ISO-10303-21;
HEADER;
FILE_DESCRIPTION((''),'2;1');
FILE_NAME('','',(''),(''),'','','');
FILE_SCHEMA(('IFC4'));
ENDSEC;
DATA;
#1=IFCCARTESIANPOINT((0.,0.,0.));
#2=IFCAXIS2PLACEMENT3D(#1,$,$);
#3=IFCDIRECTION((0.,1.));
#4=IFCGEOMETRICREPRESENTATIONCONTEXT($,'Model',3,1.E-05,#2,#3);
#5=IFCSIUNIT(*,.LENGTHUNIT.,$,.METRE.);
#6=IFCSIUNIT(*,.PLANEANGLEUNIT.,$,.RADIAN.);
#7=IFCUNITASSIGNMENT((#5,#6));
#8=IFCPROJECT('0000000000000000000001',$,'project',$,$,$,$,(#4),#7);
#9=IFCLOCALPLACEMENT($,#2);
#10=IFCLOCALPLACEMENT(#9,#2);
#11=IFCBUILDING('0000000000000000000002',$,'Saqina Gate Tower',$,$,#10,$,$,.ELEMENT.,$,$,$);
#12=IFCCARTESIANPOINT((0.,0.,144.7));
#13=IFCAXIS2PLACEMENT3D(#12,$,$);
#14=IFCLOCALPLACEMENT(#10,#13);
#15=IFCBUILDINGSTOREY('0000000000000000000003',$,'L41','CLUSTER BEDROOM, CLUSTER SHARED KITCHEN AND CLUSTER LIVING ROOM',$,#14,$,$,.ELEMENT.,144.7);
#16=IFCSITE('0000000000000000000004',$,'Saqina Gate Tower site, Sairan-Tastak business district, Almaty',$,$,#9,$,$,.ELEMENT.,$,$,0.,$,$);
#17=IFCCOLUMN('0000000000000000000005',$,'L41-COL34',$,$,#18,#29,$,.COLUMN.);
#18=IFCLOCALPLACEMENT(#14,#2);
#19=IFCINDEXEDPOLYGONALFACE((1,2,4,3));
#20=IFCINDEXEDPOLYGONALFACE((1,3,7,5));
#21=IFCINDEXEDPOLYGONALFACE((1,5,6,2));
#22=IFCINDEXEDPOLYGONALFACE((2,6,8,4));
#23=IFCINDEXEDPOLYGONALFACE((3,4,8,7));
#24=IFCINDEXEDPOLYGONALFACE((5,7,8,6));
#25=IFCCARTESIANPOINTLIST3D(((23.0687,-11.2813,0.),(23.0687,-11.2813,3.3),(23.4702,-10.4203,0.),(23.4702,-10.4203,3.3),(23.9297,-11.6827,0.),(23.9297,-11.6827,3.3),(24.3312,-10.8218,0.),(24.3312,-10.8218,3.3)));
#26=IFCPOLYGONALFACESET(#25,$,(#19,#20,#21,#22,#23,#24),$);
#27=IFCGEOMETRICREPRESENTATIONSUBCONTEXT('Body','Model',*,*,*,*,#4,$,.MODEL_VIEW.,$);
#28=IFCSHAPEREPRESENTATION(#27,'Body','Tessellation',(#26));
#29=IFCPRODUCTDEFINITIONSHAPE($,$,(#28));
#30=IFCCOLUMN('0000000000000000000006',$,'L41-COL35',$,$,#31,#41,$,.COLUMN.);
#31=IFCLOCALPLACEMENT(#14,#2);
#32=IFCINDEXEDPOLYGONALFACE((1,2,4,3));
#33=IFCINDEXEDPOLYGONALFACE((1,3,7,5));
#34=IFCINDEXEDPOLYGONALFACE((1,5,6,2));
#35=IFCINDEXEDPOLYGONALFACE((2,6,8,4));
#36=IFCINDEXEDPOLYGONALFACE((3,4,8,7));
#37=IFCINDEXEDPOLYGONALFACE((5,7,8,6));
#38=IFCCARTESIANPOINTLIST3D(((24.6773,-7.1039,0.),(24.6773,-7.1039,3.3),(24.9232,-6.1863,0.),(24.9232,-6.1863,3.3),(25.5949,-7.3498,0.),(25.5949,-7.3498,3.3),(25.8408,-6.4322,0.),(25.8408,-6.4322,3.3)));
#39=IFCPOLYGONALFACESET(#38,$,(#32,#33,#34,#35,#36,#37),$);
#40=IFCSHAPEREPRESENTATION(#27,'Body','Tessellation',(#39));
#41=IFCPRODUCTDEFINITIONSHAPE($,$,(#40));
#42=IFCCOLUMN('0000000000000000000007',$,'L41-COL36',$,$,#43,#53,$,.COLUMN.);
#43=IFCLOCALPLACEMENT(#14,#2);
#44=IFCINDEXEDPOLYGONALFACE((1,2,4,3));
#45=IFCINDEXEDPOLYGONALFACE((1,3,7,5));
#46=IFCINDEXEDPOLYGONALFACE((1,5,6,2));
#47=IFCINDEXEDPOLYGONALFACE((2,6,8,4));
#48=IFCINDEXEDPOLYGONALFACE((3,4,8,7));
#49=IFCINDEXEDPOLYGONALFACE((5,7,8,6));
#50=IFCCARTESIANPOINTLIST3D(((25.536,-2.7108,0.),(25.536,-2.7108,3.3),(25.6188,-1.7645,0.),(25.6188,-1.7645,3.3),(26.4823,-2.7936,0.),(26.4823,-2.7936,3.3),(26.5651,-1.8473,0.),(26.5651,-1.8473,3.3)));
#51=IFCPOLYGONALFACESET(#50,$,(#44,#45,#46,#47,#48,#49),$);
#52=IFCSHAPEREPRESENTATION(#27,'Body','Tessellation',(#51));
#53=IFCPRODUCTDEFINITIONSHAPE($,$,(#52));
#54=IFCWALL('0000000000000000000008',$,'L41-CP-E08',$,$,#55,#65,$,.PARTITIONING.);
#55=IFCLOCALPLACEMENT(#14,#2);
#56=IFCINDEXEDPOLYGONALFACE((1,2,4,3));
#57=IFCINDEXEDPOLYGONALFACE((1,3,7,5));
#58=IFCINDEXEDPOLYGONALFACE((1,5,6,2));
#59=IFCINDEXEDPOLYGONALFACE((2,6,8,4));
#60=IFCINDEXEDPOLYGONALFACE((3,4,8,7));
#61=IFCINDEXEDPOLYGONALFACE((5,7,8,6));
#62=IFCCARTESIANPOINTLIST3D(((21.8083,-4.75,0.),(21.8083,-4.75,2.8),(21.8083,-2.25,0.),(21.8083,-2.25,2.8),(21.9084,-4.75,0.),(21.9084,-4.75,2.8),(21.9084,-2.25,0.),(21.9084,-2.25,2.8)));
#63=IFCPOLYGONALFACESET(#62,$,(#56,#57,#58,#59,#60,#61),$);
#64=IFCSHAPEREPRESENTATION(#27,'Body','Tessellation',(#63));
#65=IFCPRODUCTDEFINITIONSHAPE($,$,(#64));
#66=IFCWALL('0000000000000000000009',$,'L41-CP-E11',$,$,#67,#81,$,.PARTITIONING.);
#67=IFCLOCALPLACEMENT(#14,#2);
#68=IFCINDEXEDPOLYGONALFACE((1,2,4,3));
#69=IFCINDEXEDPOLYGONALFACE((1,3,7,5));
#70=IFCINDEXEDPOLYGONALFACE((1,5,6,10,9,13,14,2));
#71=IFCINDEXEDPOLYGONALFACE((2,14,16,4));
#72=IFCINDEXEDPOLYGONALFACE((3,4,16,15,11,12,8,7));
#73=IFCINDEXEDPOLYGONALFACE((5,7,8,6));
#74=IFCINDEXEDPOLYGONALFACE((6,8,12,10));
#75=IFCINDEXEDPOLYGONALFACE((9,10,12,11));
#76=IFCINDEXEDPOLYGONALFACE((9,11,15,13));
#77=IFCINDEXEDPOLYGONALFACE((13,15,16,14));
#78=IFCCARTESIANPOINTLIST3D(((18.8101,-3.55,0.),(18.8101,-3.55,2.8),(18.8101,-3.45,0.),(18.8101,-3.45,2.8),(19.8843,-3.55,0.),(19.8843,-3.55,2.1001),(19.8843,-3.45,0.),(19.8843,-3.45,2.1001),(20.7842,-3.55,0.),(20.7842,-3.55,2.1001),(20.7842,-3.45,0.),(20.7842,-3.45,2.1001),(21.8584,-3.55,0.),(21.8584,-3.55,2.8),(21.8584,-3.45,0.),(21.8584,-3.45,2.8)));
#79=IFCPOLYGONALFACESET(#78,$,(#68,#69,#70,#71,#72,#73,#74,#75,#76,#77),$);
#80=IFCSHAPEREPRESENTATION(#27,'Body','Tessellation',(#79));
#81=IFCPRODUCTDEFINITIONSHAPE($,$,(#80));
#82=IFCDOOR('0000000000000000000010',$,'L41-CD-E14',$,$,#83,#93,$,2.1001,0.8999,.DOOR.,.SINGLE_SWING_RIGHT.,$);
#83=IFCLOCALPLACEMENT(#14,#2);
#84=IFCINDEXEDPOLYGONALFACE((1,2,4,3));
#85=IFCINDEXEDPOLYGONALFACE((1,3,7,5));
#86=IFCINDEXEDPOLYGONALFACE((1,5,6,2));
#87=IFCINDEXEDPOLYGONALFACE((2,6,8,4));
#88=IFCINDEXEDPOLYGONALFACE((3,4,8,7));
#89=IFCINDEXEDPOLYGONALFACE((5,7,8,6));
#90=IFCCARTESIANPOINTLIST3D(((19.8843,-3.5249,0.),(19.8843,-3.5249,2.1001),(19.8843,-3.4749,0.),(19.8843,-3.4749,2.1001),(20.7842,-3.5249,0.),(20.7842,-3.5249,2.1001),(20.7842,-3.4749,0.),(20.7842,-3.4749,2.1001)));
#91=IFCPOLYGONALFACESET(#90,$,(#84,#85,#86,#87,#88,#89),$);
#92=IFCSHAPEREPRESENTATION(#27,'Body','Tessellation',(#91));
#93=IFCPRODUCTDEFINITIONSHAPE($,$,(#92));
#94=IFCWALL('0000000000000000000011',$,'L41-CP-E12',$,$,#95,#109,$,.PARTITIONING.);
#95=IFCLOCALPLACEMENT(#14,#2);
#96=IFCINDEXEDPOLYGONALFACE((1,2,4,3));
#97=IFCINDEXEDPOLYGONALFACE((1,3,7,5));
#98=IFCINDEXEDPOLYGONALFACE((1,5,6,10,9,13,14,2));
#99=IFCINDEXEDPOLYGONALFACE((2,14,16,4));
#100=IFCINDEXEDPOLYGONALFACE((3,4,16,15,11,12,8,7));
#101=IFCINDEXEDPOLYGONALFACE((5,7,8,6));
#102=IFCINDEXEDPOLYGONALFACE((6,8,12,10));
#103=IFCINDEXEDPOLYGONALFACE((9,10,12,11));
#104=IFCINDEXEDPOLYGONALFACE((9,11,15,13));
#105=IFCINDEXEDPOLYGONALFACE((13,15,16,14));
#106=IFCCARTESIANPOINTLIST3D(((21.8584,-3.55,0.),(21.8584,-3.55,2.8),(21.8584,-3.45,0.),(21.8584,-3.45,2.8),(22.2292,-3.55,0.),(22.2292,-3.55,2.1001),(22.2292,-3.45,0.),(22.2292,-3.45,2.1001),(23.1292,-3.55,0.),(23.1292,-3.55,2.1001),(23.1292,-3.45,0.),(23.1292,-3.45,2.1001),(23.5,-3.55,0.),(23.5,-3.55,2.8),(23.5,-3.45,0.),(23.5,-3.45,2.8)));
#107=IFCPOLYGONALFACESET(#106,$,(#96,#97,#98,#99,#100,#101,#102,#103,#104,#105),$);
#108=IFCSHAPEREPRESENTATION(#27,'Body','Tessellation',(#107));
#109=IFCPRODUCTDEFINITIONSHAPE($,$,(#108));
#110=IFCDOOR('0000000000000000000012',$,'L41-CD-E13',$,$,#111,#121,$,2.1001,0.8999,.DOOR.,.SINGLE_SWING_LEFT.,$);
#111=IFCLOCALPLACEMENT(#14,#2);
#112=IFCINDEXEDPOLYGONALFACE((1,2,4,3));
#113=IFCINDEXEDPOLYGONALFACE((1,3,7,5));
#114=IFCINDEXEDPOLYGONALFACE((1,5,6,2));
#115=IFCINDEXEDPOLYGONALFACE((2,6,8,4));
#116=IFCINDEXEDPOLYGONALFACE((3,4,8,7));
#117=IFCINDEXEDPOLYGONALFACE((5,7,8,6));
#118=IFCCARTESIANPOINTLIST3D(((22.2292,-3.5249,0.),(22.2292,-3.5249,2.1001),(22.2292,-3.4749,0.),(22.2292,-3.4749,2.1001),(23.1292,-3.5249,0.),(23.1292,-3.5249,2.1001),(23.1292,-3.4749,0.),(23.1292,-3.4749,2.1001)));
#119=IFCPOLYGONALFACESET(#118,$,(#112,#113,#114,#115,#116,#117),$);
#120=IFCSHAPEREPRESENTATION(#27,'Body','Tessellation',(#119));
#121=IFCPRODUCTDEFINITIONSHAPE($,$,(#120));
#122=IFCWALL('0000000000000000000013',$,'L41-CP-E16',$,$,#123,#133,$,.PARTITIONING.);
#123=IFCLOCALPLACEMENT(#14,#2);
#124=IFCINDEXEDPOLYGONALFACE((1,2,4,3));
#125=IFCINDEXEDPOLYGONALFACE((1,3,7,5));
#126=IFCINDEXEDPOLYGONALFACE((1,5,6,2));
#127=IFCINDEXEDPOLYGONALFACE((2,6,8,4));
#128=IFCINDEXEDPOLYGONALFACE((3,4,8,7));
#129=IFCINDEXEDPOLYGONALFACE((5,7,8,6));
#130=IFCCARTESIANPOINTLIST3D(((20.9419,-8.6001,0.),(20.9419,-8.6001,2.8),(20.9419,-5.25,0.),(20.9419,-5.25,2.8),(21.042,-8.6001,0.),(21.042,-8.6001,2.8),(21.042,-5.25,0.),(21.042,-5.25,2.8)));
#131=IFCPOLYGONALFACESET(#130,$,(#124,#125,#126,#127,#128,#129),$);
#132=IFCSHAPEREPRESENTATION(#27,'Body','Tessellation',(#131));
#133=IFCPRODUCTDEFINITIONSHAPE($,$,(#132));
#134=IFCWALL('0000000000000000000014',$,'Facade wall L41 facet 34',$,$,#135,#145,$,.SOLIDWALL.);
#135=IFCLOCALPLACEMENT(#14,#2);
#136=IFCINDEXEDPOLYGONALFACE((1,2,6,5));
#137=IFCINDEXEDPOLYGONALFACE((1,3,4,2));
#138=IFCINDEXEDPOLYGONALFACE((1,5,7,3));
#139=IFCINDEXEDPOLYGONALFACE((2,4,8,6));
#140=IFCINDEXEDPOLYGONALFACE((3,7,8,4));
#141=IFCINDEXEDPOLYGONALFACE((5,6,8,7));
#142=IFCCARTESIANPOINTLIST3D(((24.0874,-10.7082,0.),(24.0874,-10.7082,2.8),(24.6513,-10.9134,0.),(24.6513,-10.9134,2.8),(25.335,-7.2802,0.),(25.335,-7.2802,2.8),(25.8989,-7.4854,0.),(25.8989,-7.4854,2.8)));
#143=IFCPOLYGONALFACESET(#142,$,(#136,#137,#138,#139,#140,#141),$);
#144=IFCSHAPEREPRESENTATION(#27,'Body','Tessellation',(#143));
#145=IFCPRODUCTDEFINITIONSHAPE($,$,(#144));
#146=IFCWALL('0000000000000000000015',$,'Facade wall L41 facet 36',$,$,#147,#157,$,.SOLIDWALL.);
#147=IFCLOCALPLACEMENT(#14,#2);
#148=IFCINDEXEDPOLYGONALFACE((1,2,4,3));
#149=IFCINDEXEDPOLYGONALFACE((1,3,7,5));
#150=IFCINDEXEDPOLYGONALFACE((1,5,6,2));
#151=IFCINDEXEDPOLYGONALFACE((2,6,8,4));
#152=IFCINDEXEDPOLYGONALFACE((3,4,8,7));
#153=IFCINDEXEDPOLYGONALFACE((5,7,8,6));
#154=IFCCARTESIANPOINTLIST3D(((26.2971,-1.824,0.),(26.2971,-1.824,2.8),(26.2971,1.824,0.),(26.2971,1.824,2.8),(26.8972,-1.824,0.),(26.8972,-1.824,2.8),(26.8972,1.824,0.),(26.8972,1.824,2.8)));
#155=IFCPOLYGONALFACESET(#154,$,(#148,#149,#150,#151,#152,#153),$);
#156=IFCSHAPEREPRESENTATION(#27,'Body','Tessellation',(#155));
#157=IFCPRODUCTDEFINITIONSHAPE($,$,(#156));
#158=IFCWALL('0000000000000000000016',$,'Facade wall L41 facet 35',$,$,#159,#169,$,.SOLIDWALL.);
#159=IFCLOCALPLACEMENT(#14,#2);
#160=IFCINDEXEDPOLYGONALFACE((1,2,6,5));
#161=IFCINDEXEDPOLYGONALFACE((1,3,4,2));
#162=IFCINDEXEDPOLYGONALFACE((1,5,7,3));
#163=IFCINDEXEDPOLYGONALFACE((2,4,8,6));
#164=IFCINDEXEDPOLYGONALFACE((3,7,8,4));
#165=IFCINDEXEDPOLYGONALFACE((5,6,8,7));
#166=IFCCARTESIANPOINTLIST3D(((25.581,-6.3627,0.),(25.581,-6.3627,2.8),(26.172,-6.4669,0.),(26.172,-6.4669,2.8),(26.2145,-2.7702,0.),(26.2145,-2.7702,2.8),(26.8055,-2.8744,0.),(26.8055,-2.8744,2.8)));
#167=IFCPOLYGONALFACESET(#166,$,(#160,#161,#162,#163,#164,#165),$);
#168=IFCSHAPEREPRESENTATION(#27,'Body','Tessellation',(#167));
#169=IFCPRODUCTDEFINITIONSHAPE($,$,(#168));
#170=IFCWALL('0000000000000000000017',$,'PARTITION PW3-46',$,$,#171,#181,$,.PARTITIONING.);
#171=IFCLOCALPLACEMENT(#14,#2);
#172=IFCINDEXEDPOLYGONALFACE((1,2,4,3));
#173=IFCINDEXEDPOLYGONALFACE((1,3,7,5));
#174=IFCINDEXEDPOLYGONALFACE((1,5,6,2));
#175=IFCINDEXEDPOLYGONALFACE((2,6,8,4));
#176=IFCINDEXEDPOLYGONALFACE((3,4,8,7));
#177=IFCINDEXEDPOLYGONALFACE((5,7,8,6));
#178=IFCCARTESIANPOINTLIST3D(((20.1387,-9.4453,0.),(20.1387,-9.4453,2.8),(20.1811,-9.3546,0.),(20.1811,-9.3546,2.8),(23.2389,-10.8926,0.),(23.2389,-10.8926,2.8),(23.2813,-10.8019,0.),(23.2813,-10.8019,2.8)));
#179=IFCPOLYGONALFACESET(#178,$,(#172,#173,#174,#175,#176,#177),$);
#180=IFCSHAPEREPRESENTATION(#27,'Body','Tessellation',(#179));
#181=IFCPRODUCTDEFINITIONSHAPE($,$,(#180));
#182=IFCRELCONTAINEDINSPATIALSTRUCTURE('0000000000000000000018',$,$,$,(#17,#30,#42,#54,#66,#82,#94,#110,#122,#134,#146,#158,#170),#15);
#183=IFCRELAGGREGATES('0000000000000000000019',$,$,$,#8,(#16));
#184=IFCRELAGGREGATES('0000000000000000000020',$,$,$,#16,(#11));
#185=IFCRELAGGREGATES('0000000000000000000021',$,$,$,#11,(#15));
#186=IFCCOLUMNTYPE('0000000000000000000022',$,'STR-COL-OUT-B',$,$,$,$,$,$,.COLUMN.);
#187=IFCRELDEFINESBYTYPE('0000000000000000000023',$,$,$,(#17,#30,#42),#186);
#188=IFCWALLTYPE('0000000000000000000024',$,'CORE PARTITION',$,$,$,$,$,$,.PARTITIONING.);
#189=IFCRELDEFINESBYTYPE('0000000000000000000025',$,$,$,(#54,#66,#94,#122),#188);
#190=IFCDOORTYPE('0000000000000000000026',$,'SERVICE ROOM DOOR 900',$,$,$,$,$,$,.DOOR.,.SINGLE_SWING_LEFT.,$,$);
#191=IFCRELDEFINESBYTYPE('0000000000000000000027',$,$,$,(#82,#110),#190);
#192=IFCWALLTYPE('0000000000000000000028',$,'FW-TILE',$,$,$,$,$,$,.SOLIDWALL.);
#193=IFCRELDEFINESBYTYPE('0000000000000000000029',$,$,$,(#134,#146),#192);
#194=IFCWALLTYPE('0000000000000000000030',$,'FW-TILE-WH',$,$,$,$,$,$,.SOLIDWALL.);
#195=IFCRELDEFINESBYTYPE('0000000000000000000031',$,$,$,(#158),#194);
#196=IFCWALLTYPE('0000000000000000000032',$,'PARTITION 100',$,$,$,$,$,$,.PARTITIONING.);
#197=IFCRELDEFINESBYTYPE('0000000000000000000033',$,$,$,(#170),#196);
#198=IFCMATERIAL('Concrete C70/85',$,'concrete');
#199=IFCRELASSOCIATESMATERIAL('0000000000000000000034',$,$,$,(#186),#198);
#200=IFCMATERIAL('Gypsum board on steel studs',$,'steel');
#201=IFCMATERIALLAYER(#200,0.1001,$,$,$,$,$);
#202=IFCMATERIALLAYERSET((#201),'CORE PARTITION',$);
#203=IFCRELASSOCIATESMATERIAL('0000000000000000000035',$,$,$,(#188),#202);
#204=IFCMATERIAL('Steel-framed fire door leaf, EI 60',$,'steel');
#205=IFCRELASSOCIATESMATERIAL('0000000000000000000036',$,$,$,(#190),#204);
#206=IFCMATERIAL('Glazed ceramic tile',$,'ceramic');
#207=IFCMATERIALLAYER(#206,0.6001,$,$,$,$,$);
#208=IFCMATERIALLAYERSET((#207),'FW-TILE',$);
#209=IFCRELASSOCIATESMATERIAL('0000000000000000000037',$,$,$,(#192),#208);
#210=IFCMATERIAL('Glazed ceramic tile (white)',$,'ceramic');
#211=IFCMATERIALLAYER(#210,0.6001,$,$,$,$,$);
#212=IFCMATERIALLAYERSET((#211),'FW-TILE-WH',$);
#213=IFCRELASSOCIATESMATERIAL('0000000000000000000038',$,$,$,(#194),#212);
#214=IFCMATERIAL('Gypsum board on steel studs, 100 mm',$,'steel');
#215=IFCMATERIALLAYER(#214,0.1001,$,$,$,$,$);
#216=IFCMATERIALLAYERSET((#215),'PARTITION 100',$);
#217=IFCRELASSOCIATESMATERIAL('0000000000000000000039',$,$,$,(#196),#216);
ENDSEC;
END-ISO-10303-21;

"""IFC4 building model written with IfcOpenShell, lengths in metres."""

from ifc_helpers import new_model, si_unit, direction, frame, frame_2d, origin, origin_2d, place, context, subcontext, project, spatial, rectangle, extrude, material, layer, layer_set, material_profile, profile_set, type_object, element, fill, save


model = new_model("IFC4")

# Units and contexts
model_context = context("Model", 3, precision=1e-05, world=origin(), true_north=direction((0.0, 1.0)))
body_context = subcontext(model_context, "Body", "Model", "MODEL_VIEW")
ifc_project = project(units=[si_unit("LENGTHUNIT", "METRE"), si_unit("PLANEANGLEUNIT", "RADIAN")], contexts=[model_context])

# Site, building, storey
site_placement = place(None, origin())
site = spatial("IfcSite", under=ifc_project, at=site_placement, Name="Saqina Gate Tower site, Sairan-Tastak business district, Almaty", CompositionType="ELEMENT", RefElevation=0.0)
building_placement = place(site_placement, origin())
building = spatial("IfcBuilding", under=site, at=building_placement, Name="Saqina Gate Tower", CompositionType="ELEMENT")
storey_placement = place(building_placement, frame((0.0, 0.0, 144.7)))
storey = spatial("IfcBuildingStorey", under=building, at=storey_placement, Name="L41", Description="CLUSTER BEDROOM, CLUSTER SHARED KITCHEN AND CLUSTER LIVING ROOM", CompositionType="ELEMENT", Elevation=144.7)

# Columns
ifc_material_1 = material(Name="Concrete C70/85", Category="concrete")
ifc_material_profile = material_profile(ifc_material_1, rectangle(XDim=0.95, YDim=0.95, at=origin_2d()), Name="RC 950x950")
ifc_profile_set = profile_set([ifc_material_profile], Name="Concrete C70/85")
column_type = type_object("IfcColumnType", Name="STR-COL-OUT-B", PredefinedType="COLUMN", material=ifc_profile_set)
for number, where, z_axis, x_axis, name in (
    (1, (23.7, -11.0515, 0.0), (0.0, 0.0, 1.0), (0.906308, -0.422618, 0.0), "L41-COL34"),
    (2, (25.259, -6.7681, 0.0), (0.0, 0.0, 1.0), (0.965926, -0.258819, 0.0), "L41-COL35"),
    (3, (26.0505, -2.2791, 0.0), (0.0, 0.0, 1.0), (0.996195, -0.087156, 0.0), "L41-COL36"),
):
    element("IfcColumn", number, at=place(storey_placement, frame(where, z_axis=z_axis, x_axis=x_axis)), inside=storey, type_object=column_type, Name=name, PredefinedType="COLUMN", context=body_context, shape_type="SweptSolid", body=[
        extrude(rectangle(XDim=0.95, YDim=0.95, at=origin_2d()), origin(), (0.0, 0.0, 1.0), 3.3),
    ])

# Wall
ifc_material_2 = material(Name="Gypsum board on steel studs", Category="steel")
ifc_layer_1 = layer(ifc_material_2, 0.1001)
ifc_layer_set_1 = layer_set([ifc_layer_1], Name="CORE PARTITION")
wall_type_1 = type_object("IfcWallType", Name="CORE PARTITION", PredefinedType="PARTITIONING", material=ifc_layer_set_1)
wall_1_placement = place(storey_placement, frame((21.8584, -4.75, 0.0), z_axis=(0.0, 0.0, 1.0), x_axis=(0.0, 1.0, 0.0)))
element("IfcWall", 4, at=wall_1_placement, inside=storey, type_object=wall_type_1, Name="L41-CP-E08", PredefinedType="PARTITIONING", context=body_context, shape_type="SweptSolid", body=[
    extrude(rectangle(XDim=2.5, YDim=0.1001, at=frame_2d((1.25, 0.0))), origin(), (0.0, 0.0, 1.0), 2.8),
])

# Walls, openings, doors
wall_2_placement = place(storey_placement, frame((18.8101, -3.5, 0.0), z_axis=(0.0, 0.0, 1.0), x_axis=(1.0, 0.0, 0.0)))
wall_2 = element("IfcWall", 5, at=wall_2_placement, inside=storey, type_object=wall_type_1, Name="L41-CP-E11", PredefinedType="PARTITIONING", context=body_context, shape_type="SweptSolid", body=[
    extrude(rectangle(XDim=3.0483, YDim=0.1001, at=frame_2d((1.5242, 0.0))), origin(), (0.0, 0.0, 1.0), 2.8),
])
opening_1_placement = place(wall_2_placement, frame((1.0742, 0.0, 0.0)))
opening_1 = element("IfcOpeningElement", 6, at=opening_1_placement, cuts=wall_2, PredefinedType="OPENING", context=body_context, shape_type="SweptSolid", body=[
    extrude(rectangle(XDim=0.8999, YDim=2.1001, at=frame_2d((0.45, 1.05))), frame((0.0, 0.062, 0.0), z_axis=(0.0, -1.0, 0.0), x_axis=(1.0, 0.0, 0.0)), (0.0, 0.0, 1.0), 0.124),
])
ifc_material_3 = material(Name="Steel-framed fire door leaf, EI 60", Category="steel")
door_type_1 = type_object("IfcDoorType", Name="SERVICE ROOM DOOR 900", OperationType="SINGLE_SWING_LEFT", PredefinedType="DOOR", material=ifc_material_3)
door_1_placement = place(opening_1_placement, frame((0.8999, 0.0, 0.0), z_axis=(0.0, 0.0, 1.0), x_axis=(-1.0, 0.0, 0.0)))
door_1 = element("IfcDoor", 7, at=door_1_placement, inside=storey, type_object=door_type_1, Name="L41-CD-E14", OperationType="SINGLE_SWING_RIGHT", OverallHeight=2.1001, OverallWidth=0.8999, PredefinedType="DOOR", context=body_context, shape_type="SweptSolid", body=[
    extrude(rectangle(XDim=0.8999, YDim=2.1001, at=frame_2d((0.45, 1.05))), frame((0.0, 0.0249, 0.0), z_axis=(0.0, -1.0, 0.0), x_axis=(1.0, 0.0, 0.0)), (0.0, 0.0, 1.0), 0.05),
])
fill(opening_1, door_1)
wall_3_placement = place(storey_placement, frame((21.8584, -3.5, 0.0), z_axis=(0.0, 0.0, 1.0), x_axis=(1.0, 0.0, 0.0)))
wall_3 = element("IfcWall", 8, at=wall_3_placement, inside=storey, type_object=wall_type_1, Name="L41-CP-E12", PredefinedType="PARTITIONING", context=body_context, shape_type="SweptSolid", body=[
    extrude(rectangle(XDim=1.6416, YDim=0.1001, at=frame_2d((0.8208, 0.0))), origin(), (0.0, 0.0, 1.0), 2.8),
])
opening_2_placement = place(wall_3_placement, frame((0.3708, 0.0, 0.0)))
opening_2 = element("IfcOpeningElement", 9, at=opening_2_placement, cuts=wall_3, PredefinedType="OPENING", context=body_context, shape_type="SweptSolid", body=[
    extrude(rectangle(XDim=0.8999, YDim=2.1001, at=frame_2d((0.45, 1.05))), frame((0.0, 0.062, 0.0), z_axis=(0.0, -1.0, 0.0), x_axis=(1.0, 0.0, 0.0)), (0.0, 0.0, 1.0), 0.124),
])
door_2_placement = place(opening_2_placement, frame((0.8999, 0.0, 0.0), z_axis=(0.0, 0.0, 1.0), x_axis=(-1.0, 0.0, 0.0)))
door_2 = element("IfcDoor", 10, at=door_2_placement, inside=storey, type_object=door_type_1, Name="L41-CD-E13", OperationType="SINGLE_SWING_LEFT", OverallHeight=2.1001, OverallWidth=0.8999, PredefinedType="DOOR", context=body_context, shape_type="SweptSolid", body=[
    extrude(rectangle(XDim=0.8999, YDim=2.1001, at=frame_2d((0.45, 1.05))), frame((0.0, 0.0249, 0.0), z_axis=(0.0, -1.0, 0.0), x_axis=(1.0, 0.0, 0.0)), (0.0, 0.0, 1.0), 0.05),
])
fill(opening_2, door_2)

# Walls
wall_4_placement = place(storey_placement, frame((20.9919, -8.6001, 0.0), z_axis=(0.0, 0.0, 1.0), x_axis=(0.0, 1.0, 0.0)))
element("IfcWall", 11, at=wall_4_placement, inside=storey, type_object=wall_type_1, Name="L41-CP-E16", PredefinedType="PARTITIONING", context=body_context, shape_type="SweptSolid", body=[
    extrude(rectangle(XDim=3.3501, YDim=0.1001, at=frame_2d((1.675, 0.0))), origin(), (0.0, 0.0, 1.0), 2.8),
])
ifc_material_4 = material(Name="Glazed ceramic tile", Category="ceramic")
ifc_layer_2 = layer(ifc_material_4, 0.6001)
ifc_layer_set_2 = layer_set([ifc_layer_2], Name="FW-TILE")
wall_type_2 = type_object("IfcWallType", Name="FW-TILE", PredefinedType="SOLIDWALL", material=ifc_layer_set_2)
for number, where, z_axis, x_axis, name in (
    (12, (24.3694, -10.8108, 0.0), (0.0, 0.0, 1.0), (0.34199, 0.939704, 0.0), "Facade wall L41 facet 34"),
    (13, (26.5972, -1.824, 0.0), (0.0, 0.0, 1.0), (0.0, 1.0, 0.0), "Facade wall L41 facet 36"),
):
    element("IfcWall", number, at=place(storey_placement, frame(where, z_axis=z_axis, x_axis=x_axis)), inside=storey, type_object=wall_type_2, Name=name, PredefinedType="SOLIDWALL", context=body_context, shape_type="SweptSolid", body=[
        extrude(rectangle(XDim=3.6479, YDim=0.6001, at=frame_2d((1.824, 0.0))), origin(), (0.0, 0.0, 1.0), 2.8),
    ])
ifc_material_5 = material(Name="Glazed ceramic tile (white)", Category="ceramic")
ifc_layer_3 = layer(ifc_material_5, 0.6001)
ifc_layer_set_3 = layer_set([ifc_layer_3], Name="FW-TILE-WH")
wall_type_3 = type_object("IfcWallType", Name="FW-TILE-WH", PredefinedType="SOLIDWALL", material=ifc_layer_set_3)
wall_5_placement = place(storey_placement, frame((25.8765, -6.4148, 0.0), z_axis=(0.0, 0.0, 1.0), x_axis=(0.173671, 0.984804, 0.0)))
element("IfcWall", 14, at=wall_5_placement, inside=storey, type_object=wall_type_3, Name="Facade wall L41 facet 35", PredefinedType="SOLIDWALL", context=body_context, shape_type="SweptSolid", body=[
    extrude(rectangle(XDim=3.6479, YDim=0.6001, at=frame_2d((1.824, 0.0))), origin(), (0.0, 0.0, 1.0), 2.8),
])
ifc_material_6 = material(Name="Gypsum board on steel studs, 100 mm", Category="steel")
ifc_layer_4 = layer(ifc_material_6, 0.1001)
ifc_layer_set_4 = layer_set([ifc_layer_4], Name="PARTITION 100")
wall_type_4 = type_object("IfcWallType", Name="PARTITION 100", PredefinedType="PARTITIONING", material=ifc_layer_set_4)
wall_6_placement = place(storey_placement, frame((20.1599, -9.3999, 0.0), z_axis=(0.0, 0.0, 1.0), x_axis=(0.906121, -0.423018, 0.0)))
element("IfcWall", 15, at=wall_6_placement, inside=storey, type_object=wall_type_4, Name="PARTITION PW3-46", PredefinedType="PARTITIONING", context=body_context, shape_type="SweptSolid", body=[
    extrude(rectangle(XDim=3.4214, YDim=0.1001, at=frame_2d((1.7107, 0.0))), origin(), (0.0, 0.0, 1.0), 2.8),
])

save(model, "model.ifc")
